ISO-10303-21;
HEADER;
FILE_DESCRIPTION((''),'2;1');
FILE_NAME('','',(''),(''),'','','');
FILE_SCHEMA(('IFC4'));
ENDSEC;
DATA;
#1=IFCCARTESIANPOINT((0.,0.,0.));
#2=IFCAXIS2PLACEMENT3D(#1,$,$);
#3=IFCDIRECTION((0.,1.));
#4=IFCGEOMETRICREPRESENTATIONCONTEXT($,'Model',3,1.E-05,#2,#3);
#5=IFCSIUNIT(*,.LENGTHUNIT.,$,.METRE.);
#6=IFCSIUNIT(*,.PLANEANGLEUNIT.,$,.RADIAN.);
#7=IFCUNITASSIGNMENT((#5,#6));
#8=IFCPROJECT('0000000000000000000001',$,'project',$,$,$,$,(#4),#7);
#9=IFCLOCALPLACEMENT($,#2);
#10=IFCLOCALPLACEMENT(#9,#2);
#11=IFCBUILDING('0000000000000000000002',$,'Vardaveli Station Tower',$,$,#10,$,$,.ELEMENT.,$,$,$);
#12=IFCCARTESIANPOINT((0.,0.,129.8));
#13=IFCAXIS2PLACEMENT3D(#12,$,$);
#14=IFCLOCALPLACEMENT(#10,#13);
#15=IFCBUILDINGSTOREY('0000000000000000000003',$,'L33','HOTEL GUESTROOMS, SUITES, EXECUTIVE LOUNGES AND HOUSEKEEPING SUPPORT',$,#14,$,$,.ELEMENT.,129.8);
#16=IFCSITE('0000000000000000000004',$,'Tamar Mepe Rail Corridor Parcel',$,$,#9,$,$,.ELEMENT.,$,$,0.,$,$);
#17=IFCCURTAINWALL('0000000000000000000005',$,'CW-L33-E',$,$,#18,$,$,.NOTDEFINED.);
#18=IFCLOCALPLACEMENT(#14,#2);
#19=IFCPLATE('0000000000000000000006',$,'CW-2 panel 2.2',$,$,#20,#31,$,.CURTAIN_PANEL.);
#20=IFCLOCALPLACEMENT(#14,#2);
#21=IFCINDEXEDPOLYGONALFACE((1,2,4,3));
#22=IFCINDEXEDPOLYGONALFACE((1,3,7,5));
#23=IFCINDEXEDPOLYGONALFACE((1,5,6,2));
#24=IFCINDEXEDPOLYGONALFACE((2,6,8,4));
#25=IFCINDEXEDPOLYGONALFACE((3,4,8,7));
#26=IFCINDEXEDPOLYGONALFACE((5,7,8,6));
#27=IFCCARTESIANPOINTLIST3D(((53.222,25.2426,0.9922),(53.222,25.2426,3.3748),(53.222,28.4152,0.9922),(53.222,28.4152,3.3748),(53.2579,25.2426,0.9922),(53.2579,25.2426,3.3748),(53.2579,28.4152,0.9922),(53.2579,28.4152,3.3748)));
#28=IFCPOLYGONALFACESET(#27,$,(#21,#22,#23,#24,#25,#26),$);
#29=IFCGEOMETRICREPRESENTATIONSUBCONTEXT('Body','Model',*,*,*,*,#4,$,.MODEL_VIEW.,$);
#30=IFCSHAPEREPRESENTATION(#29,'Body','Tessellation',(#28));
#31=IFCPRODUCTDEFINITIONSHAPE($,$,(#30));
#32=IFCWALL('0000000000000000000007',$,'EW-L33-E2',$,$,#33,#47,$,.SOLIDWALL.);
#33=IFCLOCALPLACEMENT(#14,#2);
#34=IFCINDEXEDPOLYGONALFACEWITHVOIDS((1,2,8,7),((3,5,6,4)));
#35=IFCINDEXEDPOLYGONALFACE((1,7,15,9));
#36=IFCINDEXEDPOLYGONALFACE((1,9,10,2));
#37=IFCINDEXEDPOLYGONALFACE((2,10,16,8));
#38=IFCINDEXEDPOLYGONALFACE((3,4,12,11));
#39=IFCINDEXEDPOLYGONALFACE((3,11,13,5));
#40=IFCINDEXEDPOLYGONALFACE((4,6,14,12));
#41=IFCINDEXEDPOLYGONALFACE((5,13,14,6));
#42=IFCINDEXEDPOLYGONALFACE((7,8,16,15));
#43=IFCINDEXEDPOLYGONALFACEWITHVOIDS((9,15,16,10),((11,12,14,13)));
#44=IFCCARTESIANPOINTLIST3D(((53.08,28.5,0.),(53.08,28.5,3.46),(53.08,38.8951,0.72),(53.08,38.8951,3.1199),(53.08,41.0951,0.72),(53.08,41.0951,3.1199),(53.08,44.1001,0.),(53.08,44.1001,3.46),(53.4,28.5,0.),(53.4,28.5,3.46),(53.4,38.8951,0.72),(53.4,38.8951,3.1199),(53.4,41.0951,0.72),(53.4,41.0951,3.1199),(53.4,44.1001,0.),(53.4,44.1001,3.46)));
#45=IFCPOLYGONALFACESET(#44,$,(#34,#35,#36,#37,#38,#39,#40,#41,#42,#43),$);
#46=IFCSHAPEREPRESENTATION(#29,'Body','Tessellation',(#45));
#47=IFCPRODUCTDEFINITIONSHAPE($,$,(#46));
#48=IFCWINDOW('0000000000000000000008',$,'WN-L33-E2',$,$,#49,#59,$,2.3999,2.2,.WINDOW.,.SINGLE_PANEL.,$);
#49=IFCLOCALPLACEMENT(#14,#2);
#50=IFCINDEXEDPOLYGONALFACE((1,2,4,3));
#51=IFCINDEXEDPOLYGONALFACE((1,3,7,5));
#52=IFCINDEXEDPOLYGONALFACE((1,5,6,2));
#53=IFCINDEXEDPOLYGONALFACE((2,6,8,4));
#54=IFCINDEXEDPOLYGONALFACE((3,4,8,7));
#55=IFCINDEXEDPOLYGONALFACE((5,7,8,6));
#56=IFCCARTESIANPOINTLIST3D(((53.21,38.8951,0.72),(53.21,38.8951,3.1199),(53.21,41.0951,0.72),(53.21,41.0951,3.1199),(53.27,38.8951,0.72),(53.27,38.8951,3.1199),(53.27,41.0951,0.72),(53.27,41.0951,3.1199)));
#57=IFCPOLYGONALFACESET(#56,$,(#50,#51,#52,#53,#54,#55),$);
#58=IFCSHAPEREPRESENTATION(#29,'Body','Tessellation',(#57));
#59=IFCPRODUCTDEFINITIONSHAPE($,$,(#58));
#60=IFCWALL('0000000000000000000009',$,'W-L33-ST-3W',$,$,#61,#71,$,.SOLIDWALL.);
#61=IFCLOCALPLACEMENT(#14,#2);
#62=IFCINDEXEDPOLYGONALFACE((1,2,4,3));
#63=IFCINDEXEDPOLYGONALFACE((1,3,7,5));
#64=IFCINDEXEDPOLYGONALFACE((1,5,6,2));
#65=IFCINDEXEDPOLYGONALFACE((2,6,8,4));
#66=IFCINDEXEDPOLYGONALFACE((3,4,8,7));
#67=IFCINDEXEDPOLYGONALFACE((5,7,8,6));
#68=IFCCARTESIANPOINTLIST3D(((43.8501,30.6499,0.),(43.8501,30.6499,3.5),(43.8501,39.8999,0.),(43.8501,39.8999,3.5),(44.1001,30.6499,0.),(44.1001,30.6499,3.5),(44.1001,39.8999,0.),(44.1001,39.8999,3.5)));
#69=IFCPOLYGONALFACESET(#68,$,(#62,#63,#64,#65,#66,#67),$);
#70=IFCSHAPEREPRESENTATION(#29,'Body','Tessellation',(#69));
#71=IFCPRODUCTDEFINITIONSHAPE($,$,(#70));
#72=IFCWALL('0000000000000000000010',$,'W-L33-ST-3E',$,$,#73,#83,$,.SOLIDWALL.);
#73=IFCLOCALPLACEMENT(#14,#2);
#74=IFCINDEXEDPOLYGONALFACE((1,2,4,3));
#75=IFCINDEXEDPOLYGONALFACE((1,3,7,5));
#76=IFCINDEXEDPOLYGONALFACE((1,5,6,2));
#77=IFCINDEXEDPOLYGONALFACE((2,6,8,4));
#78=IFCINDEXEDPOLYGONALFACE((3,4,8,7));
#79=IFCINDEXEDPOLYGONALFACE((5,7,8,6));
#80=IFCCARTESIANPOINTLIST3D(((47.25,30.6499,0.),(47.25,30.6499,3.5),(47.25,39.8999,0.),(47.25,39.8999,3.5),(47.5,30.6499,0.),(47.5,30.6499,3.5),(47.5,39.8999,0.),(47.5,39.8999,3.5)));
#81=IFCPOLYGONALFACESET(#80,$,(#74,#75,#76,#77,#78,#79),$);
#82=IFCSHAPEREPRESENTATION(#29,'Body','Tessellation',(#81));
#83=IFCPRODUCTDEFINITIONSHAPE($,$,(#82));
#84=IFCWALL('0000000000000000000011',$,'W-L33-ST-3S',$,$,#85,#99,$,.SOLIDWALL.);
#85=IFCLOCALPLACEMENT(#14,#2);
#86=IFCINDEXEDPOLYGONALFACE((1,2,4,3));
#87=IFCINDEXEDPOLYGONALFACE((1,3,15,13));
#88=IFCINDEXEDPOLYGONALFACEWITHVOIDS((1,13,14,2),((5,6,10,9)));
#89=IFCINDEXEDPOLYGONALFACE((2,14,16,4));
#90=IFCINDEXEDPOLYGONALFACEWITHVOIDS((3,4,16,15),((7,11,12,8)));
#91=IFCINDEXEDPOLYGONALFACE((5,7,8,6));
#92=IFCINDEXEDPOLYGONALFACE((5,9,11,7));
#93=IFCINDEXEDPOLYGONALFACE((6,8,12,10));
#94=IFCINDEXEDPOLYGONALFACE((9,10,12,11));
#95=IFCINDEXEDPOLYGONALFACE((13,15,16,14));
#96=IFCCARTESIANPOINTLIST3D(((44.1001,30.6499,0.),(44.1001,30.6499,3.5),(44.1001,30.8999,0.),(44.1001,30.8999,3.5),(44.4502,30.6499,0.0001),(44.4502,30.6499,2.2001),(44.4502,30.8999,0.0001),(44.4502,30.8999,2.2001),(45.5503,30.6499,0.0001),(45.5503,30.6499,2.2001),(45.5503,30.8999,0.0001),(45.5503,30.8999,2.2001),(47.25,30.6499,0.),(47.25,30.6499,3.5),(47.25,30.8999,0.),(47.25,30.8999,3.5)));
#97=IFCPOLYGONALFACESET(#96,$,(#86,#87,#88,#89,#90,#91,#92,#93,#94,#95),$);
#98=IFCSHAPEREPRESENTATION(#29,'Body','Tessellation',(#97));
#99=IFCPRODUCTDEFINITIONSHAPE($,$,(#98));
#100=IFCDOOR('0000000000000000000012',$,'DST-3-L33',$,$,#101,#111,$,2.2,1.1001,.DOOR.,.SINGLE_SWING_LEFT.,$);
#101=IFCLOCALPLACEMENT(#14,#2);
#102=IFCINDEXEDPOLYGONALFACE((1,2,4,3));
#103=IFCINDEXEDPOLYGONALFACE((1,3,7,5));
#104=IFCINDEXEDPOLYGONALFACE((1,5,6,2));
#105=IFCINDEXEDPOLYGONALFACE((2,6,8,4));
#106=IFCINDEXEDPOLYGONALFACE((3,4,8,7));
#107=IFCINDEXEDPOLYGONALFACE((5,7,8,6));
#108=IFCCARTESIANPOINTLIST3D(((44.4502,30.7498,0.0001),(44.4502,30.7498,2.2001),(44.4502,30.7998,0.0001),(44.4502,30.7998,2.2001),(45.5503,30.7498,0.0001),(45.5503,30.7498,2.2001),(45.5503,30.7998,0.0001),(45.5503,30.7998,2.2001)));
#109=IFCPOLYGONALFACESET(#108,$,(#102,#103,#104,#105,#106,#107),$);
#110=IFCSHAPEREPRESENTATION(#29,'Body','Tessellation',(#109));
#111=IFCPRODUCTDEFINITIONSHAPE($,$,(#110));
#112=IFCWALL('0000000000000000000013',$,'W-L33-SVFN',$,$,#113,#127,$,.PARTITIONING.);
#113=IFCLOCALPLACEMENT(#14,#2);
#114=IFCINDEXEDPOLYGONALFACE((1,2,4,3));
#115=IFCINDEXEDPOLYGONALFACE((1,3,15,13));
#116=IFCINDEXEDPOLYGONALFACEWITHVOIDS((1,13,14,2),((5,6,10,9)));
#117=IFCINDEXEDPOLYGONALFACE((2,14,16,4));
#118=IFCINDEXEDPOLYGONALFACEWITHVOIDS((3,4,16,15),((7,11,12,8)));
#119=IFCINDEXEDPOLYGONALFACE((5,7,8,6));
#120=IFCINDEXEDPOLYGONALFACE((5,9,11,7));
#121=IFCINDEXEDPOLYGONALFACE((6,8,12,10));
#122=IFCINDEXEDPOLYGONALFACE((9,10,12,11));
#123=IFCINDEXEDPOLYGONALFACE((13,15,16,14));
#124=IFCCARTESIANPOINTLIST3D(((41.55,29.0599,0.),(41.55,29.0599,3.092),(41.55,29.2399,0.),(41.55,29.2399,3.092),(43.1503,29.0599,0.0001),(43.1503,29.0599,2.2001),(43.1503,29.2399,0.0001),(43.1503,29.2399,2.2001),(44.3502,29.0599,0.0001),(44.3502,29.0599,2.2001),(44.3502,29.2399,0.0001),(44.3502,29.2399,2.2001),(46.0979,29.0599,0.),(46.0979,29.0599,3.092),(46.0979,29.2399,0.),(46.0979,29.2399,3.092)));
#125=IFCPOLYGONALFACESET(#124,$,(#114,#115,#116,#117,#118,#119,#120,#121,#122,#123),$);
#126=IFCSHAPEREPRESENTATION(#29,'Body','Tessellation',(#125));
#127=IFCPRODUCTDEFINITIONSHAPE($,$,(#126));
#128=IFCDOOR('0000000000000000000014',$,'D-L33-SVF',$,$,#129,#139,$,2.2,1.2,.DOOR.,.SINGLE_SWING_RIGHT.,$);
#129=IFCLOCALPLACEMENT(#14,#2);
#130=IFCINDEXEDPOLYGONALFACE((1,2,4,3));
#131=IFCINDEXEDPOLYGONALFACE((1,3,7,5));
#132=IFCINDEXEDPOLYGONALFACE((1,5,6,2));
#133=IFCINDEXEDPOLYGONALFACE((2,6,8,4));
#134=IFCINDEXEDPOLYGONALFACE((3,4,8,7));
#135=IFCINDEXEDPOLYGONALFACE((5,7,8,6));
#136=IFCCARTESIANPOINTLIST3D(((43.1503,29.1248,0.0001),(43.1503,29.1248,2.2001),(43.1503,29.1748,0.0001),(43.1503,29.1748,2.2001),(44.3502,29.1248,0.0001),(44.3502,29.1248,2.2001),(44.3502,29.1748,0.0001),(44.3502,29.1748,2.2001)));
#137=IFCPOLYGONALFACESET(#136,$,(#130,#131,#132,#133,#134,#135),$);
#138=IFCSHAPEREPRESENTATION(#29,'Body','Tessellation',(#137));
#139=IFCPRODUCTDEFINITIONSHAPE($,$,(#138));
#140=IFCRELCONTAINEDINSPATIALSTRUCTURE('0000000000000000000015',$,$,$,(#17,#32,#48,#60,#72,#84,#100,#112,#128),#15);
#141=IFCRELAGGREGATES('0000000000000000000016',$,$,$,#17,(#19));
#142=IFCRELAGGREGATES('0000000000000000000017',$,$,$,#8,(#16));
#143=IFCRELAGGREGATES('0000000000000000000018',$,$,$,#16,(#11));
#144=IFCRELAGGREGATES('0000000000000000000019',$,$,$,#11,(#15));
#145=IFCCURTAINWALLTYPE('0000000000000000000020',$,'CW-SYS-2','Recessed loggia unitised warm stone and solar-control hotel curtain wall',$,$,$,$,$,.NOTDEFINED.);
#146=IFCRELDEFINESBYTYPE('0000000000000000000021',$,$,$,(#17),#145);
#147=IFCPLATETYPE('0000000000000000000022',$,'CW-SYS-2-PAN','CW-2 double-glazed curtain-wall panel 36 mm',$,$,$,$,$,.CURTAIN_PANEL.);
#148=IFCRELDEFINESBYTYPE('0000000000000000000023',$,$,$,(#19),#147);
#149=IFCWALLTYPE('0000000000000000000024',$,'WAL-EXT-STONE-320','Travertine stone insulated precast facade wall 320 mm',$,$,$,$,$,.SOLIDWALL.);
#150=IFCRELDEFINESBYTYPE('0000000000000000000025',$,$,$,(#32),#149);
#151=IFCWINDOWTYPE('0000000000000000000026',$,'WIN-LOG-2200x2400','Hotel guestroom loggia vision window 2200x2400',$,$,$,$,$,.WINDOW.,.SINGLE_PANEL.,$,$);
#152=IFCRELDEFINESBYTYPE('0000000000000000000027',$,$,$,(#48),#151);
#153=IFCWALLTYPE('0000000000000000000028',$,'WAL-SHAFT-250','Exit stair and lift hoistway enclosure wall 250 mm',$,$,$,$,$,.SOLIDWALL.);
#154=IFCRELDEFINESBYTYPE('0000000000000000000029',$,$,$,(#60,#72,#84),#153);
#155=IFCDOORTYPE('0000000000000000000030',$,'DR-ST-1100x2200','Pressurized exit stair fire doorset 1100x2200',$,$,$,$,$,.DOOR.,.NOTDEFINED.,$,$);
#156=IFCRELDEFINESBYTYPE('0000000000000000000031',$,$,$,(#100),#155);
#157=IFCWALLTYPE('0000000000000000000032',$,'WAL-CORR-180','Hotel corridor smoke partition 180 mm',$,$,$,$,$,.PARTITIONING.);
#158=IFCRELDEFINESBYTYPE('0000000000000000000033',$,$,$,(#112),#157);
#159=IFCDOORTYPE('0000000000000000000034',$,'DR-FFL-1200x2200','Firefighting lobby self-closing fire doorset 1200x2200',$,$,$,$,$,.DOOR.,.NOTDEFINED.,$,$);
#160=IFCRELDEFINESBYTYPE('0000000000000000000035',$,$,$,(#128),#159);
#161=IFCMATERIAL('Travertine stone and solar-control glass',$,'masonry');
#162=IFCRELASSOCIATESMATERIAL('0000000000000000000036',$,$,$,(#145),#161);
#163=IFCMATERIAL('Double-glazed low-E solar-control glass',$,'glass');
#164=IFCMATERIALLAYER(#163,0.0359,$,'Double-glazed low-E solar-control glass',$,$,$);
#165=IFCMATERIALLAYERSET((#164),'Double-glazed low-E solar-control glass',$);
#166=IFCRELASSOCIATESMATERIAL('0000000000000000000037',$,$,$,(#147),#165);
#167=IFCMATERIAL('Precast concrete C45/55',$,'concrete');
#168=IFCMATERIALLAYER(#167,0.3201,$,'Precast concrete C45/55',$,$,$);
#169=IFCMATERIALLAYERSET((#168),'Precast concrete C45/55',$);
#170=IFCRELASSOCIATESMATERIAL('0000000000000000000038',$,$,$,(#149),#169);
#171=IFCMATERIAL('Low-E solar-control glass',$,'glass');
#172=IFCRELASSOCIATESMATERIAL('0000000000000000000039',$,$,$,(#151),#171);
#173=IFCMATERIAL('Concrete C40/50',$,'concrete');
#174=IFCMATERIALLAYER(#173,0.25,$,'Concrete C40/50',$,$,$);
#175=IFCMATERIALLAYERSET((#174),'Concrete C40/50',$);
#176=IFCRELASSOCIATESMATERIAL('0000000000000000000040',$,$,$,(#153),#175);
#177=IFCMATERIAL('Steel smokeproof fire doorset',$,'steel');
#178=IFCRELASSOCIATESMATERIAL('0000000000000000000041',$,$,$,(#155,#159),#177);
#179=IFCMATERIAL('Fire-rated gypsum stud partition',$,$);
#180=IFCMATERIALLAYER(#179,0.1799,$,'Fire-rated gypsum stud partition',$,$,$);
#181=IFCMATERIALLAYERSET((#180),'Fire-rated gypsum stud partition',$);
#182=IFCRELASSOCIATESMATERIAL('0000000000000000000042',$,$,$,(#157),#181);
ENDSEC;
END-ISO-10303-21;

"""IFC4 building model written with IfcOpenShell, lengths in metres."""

from ifc_helpers import new_model, si_unit, direction, frame, frame_2d, origin, origin_2d, place, context, subcontext, project, spatial, rectangle, extrude, source, transform, mapped, material, layer, layer_set, type_object, element, fill, aggregate, save


model = new_model("IFC4")

# Units and contexts
model_context = context("Model", 3, precision=1e-05, world=origin(), true_north=direction((0.0, 1.0)))
body_context = subcontext(model_context, "Body", "Model", "MODEL_VIEW")
ifc_project = project(units=[si_unit("LENGTHUNIT", "METRE"), si_unit("PLANEANGLEUNIT", "RADIAN")], contexts=[model_context])

# Site, building, storey
site_placement = place(None, origin())
site = spatial("IfcSite", under=ifc_project, at=site_placement, Name="Tamar Mepe Rail Corridor Parcel", CompositionType="ELEMENT", RefElevation=0.0)
building_placement = place(site_placement, origin())
building = spatial("IfcBuilding", under=site, at=building_placement, Name="Vardaveli Station Tower", CompositionType="ELEMENT")
storey_placement = place(building_placement, frame((0.0, 0.0, 129.8)))
storey = spatial("IfcBuildingStorey", under=building, at=storey_placement, Name="L33", Description="HOTEL GUESTROOMS, SUITES, EXECUTIVE LOUNGES AND HOUSEKEEPING SUPPORT", CompositionType="ELEMENT", Elevation=129.8)

# Shared definitions
ifc_material_1 = material(Name="Precast concrete C45/55", Category="concrete")

# Curtain wall, plate
ifc_material_2 = material(Name="Travertine stone and solar-control glass", Category="masonry")
curtain_wall_type = type_object("IfcCurtainWallType", Name="CW-SYS-2", Description="Recessed loggia unitised warm stone and solar-control hotel curtain wall", PredefinedType="NOTDEFINED", material=ifc_material_2)
curtain_wall_placement = place(storey_placement, origin())
curtain_wall = element("IfcCurtainWall", 1, at=curtain_wall_placement, inside=storey, type_object=curtain_wall_type, Name="CW-L33-E", PredefinedType="NOTDEFINED")
ifc_material_3 = material(Name="Double-glazed low-E solar-control glass", Category="glass")
ifc_layer_1 = layer(ifc_material_3, 0.0359, Name="Double-glazed low-E solar-control glass")
ifc_layer_set_1 = layer_set([ifc_layer_1], Name="Double-glazed low-E solar-control glass")
plate_type = type_object("IfcPlateType", Name="CW-SYS-2-PAN", Description="CW-2 double-glazed curtain-wall panel 36 mm", PredefinedType="CURTAIN_PANEL", material=ifc_layer_set_1)
shared_shape_1 = source(origin(), body_context, "Body", "SweptSolid", [
    extrude(rectangle(XDim=3.1726, YDim=0.0359, at=origin_2d()), origin(), (0.0, 0.0, 1.0), 2.3826),
])
plate_placement = place(storey_placement, frame((53.24, 26.8289, 0.9922), z_axis=(0.0, 0.0, 1.0), x_axis=(0.0, 1.0, 0.0)))
plate = element("IfcPlate", 2, at=plate_placement, type_object=plate_type, Name="CW-2 panel 2.2", PredefinedType="CURTAIN_PANEL", context=body_context, shape_type="MappedRepresentation", body=[
    mapped(shared_shape_1, transform((0.0, 0.0, 0.0), scale=1.0)),
])
aggregate(curtain_wall, [plate])

# Wall, opening, window
ifc_layer_2 = layer(ifc_material_1, 0.3201, Name="Precast concrete C45/55")
ifc_layer_set_2 = layer_set([ifc_layer_2], Name="Precast concrete C45/55")
wall_type_1 = type_object("IfcWallType", Name="WAL-EXT-STONE-320", Description="Travertine stone insulated precast facade wall 320 mm", PredefinedType="SOLIDWALL", material=ifc_layer_set_2)
shared_shape_2 = source(origin(), body_context, "Body", "SweptSolid", [
    extrude(rectangle(XDim=15.6001, YDim=0.3201, at=frame_2d((7.8, 0.0))), origin(), (0.0, 0.0, 1.0), 3.46),
])
wall_1_placement = place(storey_placement, frame((53.24, 28.5, 0.0), z_axis=(0.0, 0.0, 1.0), x_axis=(0.0, 1.0, 0.0)))
wall_1 = element("IfcWall", 3, at=wall_1_placement, inside=storey, type_object=wall_type_1, Name="EW-L33-E2", PredefinedType="SOLIDWALL", context=body_context, shape_type="MappedRepresentation", body=[
    mapped(shared_shape_2, transform((0.0, 0.0, 0.0), scale=1.0)),
])
shared_shape_3 = source(origin(), body_context, "Body", "SweptSolid", [
    extrude(rectangle(XDim=2.2, YDim=2.3999, at=frame_2d((1.1001, 1.2))), frame((0.0, 0.1699, 0.0), z_axis=(0.0, -1.0, 0.0), x_axis=(1.0, 0.0, 0.0)), (0.0, 0.0, 1.0), 0.3401),
])
opening_1_placement = place(wall_1_placement, frame((10.395, 0.0, 0.72)))
opening_1 = element("IfcOpeningElement", 4, at=opening_1_placement, cuts=wall_1, PredefinedType="OPENING", context=body_context, shape_type="MappedRepresentation", body=[
    mapped(shared_shape_3, transform((0.0, 0.0, 0.0), scale=1.0)),
])
ifc_material_4 = material(Name="Low-E solar-control glass", Category="glass")
window_type = type_object("IfcWindowType", Name="WIN-LOG-2200x2400", Description="Hotel guestroom loggia vision window 2200x2400", PartitioningType="SINGLE_PANEL", PredefinedType="WINDOW", material=ifc_material_4)
shared_shape_4 = source(origin(), body_context, "Body", "SweptSolid", [
    extrude(rectangle(XDim=2.2, YDim=2.3999, at=frame_2d((1.1001, 1.2))), frame((0.0, 0.03, 0.0), z_axis=(0.0, -1.0, 0.0), x_axis=(1.0, 0.0, 0.0)), (0.0, 0.0, 1.0), 0.0601),
])
window_placement = place(opening_1_placement, origin())
window = element("IfcWindow", 5, at=window_placement, inside=storey, type_object=window_type, Name="WN-L33-E2", OverallHeight=2.3999, OverallWidth=2.2, PartitioningType="SINGLE_PANEL", PredefinedType="WINDOW", context=body_context, shape_type="MappedRepresentation", body=[
    mapped(shared_shape_4, transform((0.0, 0.0, 0.0), scale=1.0)),
])
fill(opening_1, window)

# Walls
ifc_material_5 = material(Name="Concrete C40/50", Category="concrete")
ifc_layer_3 = layer(ifc_material_5, 0.25, Name="Concrete C40/50")
ifc_layer_set_3 = layer_set([ifc_layer_3], Name="Concrete C40/50")
wall_type_2 = type_object("IfcWallType", Name="WAL-SHAFT-250", Description="Exit stair and lift hoistway enclosure wall 250 mm", PredefinedType="SOLIDWALL", material=ifc_layer_set_3)
shared_shape_5 = source(origin(), body_context, "Body", "SweptSolid", [
    extrude(rectangle(XDim=9.25, YDim=0.25, at=frame_2d((4.625, 0.0))), origin(), (0.0, 0.0, 1.0), 3.5),
])
for number, where, z_axis, x_axis, name in (
    (6, (43.9751, 30.6499, 0.0), (0.0, 0.0, 1.0), (0.0, 1.0, 0.0), "W-L33-ST-3W"),
    (7, (47.375, 30.6499, 0.0), (0.0, 0.0, 1.0), (0.0, 1.0, 0.0), "W-L33-ST-3E"),
):
    element("IfcWall", number, at=place(storey_placement, frame(where, z_axis=z_axis, x_axis=x_axis)), inside=storey, type_object=wall_type_2, Name=name, PredefinedType="SOLIDWALL", context=body_context, shape_type="MappedRepresentation", body=[
        mapped(shared_shape_5, transform((0.0, 0.0, 0.0), scale=1.0)),
    ])

# Walls, openings, doors
shared_shape_6 = source(origin(), body_context, "Body", "SweptSolid", [
    extrude(rectangle(XDim=3.1499, YDim=0.25, at=frame_2d((1.575, 0.0))), origin(), (0.0, 0.0, 1.0), 3.5),
])
wall_2_placement = place(storey_placement, frame((44.1001, 30.7749, 0.0), z_axis=(0.0, 0.0, 1.0), x_axis=(1.0, 0.0, 0.0)))
wall_2 = element("IfcWall", 8, at=wall_2_placement, inside=storey, type_object=wall_type_2, Name="W-L33-ST-3S", PredefinedType="SOLIDWALL", context=body_context, shape_type="MappedRepresentation", body=[
    mapped(shared_shape_6, transform((0.0, 0.0, 0.0), scale=1.0)),
])
shared_shape_7 = source(origin(), body_context, "Body", "SweptSolid", [
    extrude(rectangle(XDim=1.1001, YDim=2.2, at=frame_2d((0.55, 1.1001))), frame((0.0, 0.135, 0.0), z_axis=(0.0, -1.0, 0.0), x_axis=(1.0, 0.0, 0.0)), (0.0, 0.0, 1.0), 0.27),
])
opening_2_placement = place(wall_2_placement, frame((0.3501, 0.0, 0.0)))
opening_2 = element("IfcOpeningElement", 9, at=opening_2_placement, cuts=wall_2, PredefinedType="OPENING", context=body_context, shape_type="MappedRepresentation", body=[
    mapped(shared_shape_7, transform((0.0, 0.0, 0.0), scale=1.0)),
])
ifc_material_6 = material(Name="Steel smokeproof fire doorset", Category="steel")
door_type_1 = type_object("IfcDoorType", Name="DR-ST-1100x2200", Description="Pressurized exit stair fire doorset 1100x2200", OperationType="NOTDEFINED", PredefinedType="DOOR", material=ifc_material_6)
shared_shape_8 = source(origin(), body_context, "Body", "SweptSolid", [
    extrude(rectangle(XDim=1.1001, YDim=2.2, at=frame_2d((0.55, 1.1001))), frame((0.0, 0.0249, 0.0), z_axis=(0.0, -1.0, 0.0), x_axis=(1.0, 0.0, 0.0)), (0.0, 0.0, 1.0), 0.05),
])
door_1_placement = place(opening_2_placement, origin())
door_1 = element("IfcDoor", 10, at=door_1_placement, inside=storey, type_object=door_type_1, Name="DST-3-L33", OperationType="SINGLE_SWING_LEFT", OverallHeight=2.2, OverallWidth=1.1001, PredefinedType="DOOR", context=body_context, shape_type="MappedRepresentation", body=[
    mapped(shared_shape_8, transform((0.0, 0.0, 0.0), scale=1.0)),
])
fill(opening_2, door_1)
ifc_material_7 = material(Name="Fire-rated gypsum stud partition")
ifc_layer_4 = layer(ifc_material_7, 0.1799, Name="Fire-rated gypsum stud partition")
ifc_layer_set_4 = layer_set([ifc_layer_4], Name="Fire-rated gypsum stud partition")
wall_type_3 = type_object("IfcWallType", Name="WAL-CORR-180", Description="Hotel corridor smoke partition 180 mm", PredefinedType="PARTITIONING", material=ifc_layer_set_4)
shared_shape_9 = source(origin(), body_context, "Body", "SweptSolid", [
    extrude(rectangle(XDim=4.5479, YDim=0.1799, at=frame_2d((2.2739, 0.0))), origin(), (0.0, 0.0, 1.0), 3.092),
])
wall_3_placement = place(storey_placement, frame((41.55, 29.1499, 0.0), z_axis=(0.0, 0.0, 1.0), x_axis=(1.0, 0.0, 0.0)))
wall_3 = element("IfcWall", 11, at=wall_3_placement, inside=storey, type_object=wall_type_3, Name="W-L33-SVFN", PredefinedType="PARTITIONING", context=body_context, shape_type="MappedRepresentation", body=[
    mapped(shared_shape_9, transform((0.0, 0.0, 0.0), scale=1.0)),
])
shared_shape_10 = source(origin(), body_context, "Body", "SweptSolid", [
    extrude(rectangle(XDim=1.2, YDim=2.2, at=frame_2d((0.6001, 1.1001))), frame((0.0, 0.1001, 0.0), z_axis=(0.0, -1.0, 0.0), x_axis=(1.0, 0.0, 0.0)), (0.0, 0.0, 1.0), 0.2),
])
opening_3_placement = place(wall_3_placement, frame((1.6001, 0.0, 0.0)))
opening_3 = element("IfcOpeningElement", 12, at=opening_3_placement, cuts=wall_3, PredefinedType="OPENING", context=body_context, shape_type="MappedRepresentation", body=[
    mapped(shared_shape_10, transform((0.0, 0.0, 0.0), scale=1.0)),
])
door_type_2 = type_object("IfcDoorType", Name="DR-FFL-1200x2200", Description="Firefighting lobby self-closing fire doorset 1200x2200", OperationType="NOTDEFINED", PredefinedType="DOOR", material=ifc_material_6)
shared_shape_11 = source(origin(), body_context, "Body", "SweptSolid", [
    extrude(rectangle(XDim=1.2, YDim=2.2, at=frame_2d((0.6001, 1.1001))), frame((0.0, 0.0249, 0.0), z_axis=(0.0, -1.0, 0.0), x_axis=(1.0, 0.0, 0.0)), (0.0, 0.0, 1.0), 0.05),
])
door_2_placement = place(opening_3_placement, origin())
door_2 = element("IfcDoor", 13, at=door_2_placement, inside=storey, type_object=door_type_2, Name="D-L33-SVF", OperationType="SINGLE_SWING_RIGHT", OverallHeight=2.2, OverallWidth=1.2, PredefinedType="DOOR", context=body_context, shape_type="MappedRepresentation", body=[
    mapped(shared_shape_11, transform((0.0, 0.0, 0.0), scale=1.0)),
])
fill(opening_3, door_2)

save(model, "model.ifc")
